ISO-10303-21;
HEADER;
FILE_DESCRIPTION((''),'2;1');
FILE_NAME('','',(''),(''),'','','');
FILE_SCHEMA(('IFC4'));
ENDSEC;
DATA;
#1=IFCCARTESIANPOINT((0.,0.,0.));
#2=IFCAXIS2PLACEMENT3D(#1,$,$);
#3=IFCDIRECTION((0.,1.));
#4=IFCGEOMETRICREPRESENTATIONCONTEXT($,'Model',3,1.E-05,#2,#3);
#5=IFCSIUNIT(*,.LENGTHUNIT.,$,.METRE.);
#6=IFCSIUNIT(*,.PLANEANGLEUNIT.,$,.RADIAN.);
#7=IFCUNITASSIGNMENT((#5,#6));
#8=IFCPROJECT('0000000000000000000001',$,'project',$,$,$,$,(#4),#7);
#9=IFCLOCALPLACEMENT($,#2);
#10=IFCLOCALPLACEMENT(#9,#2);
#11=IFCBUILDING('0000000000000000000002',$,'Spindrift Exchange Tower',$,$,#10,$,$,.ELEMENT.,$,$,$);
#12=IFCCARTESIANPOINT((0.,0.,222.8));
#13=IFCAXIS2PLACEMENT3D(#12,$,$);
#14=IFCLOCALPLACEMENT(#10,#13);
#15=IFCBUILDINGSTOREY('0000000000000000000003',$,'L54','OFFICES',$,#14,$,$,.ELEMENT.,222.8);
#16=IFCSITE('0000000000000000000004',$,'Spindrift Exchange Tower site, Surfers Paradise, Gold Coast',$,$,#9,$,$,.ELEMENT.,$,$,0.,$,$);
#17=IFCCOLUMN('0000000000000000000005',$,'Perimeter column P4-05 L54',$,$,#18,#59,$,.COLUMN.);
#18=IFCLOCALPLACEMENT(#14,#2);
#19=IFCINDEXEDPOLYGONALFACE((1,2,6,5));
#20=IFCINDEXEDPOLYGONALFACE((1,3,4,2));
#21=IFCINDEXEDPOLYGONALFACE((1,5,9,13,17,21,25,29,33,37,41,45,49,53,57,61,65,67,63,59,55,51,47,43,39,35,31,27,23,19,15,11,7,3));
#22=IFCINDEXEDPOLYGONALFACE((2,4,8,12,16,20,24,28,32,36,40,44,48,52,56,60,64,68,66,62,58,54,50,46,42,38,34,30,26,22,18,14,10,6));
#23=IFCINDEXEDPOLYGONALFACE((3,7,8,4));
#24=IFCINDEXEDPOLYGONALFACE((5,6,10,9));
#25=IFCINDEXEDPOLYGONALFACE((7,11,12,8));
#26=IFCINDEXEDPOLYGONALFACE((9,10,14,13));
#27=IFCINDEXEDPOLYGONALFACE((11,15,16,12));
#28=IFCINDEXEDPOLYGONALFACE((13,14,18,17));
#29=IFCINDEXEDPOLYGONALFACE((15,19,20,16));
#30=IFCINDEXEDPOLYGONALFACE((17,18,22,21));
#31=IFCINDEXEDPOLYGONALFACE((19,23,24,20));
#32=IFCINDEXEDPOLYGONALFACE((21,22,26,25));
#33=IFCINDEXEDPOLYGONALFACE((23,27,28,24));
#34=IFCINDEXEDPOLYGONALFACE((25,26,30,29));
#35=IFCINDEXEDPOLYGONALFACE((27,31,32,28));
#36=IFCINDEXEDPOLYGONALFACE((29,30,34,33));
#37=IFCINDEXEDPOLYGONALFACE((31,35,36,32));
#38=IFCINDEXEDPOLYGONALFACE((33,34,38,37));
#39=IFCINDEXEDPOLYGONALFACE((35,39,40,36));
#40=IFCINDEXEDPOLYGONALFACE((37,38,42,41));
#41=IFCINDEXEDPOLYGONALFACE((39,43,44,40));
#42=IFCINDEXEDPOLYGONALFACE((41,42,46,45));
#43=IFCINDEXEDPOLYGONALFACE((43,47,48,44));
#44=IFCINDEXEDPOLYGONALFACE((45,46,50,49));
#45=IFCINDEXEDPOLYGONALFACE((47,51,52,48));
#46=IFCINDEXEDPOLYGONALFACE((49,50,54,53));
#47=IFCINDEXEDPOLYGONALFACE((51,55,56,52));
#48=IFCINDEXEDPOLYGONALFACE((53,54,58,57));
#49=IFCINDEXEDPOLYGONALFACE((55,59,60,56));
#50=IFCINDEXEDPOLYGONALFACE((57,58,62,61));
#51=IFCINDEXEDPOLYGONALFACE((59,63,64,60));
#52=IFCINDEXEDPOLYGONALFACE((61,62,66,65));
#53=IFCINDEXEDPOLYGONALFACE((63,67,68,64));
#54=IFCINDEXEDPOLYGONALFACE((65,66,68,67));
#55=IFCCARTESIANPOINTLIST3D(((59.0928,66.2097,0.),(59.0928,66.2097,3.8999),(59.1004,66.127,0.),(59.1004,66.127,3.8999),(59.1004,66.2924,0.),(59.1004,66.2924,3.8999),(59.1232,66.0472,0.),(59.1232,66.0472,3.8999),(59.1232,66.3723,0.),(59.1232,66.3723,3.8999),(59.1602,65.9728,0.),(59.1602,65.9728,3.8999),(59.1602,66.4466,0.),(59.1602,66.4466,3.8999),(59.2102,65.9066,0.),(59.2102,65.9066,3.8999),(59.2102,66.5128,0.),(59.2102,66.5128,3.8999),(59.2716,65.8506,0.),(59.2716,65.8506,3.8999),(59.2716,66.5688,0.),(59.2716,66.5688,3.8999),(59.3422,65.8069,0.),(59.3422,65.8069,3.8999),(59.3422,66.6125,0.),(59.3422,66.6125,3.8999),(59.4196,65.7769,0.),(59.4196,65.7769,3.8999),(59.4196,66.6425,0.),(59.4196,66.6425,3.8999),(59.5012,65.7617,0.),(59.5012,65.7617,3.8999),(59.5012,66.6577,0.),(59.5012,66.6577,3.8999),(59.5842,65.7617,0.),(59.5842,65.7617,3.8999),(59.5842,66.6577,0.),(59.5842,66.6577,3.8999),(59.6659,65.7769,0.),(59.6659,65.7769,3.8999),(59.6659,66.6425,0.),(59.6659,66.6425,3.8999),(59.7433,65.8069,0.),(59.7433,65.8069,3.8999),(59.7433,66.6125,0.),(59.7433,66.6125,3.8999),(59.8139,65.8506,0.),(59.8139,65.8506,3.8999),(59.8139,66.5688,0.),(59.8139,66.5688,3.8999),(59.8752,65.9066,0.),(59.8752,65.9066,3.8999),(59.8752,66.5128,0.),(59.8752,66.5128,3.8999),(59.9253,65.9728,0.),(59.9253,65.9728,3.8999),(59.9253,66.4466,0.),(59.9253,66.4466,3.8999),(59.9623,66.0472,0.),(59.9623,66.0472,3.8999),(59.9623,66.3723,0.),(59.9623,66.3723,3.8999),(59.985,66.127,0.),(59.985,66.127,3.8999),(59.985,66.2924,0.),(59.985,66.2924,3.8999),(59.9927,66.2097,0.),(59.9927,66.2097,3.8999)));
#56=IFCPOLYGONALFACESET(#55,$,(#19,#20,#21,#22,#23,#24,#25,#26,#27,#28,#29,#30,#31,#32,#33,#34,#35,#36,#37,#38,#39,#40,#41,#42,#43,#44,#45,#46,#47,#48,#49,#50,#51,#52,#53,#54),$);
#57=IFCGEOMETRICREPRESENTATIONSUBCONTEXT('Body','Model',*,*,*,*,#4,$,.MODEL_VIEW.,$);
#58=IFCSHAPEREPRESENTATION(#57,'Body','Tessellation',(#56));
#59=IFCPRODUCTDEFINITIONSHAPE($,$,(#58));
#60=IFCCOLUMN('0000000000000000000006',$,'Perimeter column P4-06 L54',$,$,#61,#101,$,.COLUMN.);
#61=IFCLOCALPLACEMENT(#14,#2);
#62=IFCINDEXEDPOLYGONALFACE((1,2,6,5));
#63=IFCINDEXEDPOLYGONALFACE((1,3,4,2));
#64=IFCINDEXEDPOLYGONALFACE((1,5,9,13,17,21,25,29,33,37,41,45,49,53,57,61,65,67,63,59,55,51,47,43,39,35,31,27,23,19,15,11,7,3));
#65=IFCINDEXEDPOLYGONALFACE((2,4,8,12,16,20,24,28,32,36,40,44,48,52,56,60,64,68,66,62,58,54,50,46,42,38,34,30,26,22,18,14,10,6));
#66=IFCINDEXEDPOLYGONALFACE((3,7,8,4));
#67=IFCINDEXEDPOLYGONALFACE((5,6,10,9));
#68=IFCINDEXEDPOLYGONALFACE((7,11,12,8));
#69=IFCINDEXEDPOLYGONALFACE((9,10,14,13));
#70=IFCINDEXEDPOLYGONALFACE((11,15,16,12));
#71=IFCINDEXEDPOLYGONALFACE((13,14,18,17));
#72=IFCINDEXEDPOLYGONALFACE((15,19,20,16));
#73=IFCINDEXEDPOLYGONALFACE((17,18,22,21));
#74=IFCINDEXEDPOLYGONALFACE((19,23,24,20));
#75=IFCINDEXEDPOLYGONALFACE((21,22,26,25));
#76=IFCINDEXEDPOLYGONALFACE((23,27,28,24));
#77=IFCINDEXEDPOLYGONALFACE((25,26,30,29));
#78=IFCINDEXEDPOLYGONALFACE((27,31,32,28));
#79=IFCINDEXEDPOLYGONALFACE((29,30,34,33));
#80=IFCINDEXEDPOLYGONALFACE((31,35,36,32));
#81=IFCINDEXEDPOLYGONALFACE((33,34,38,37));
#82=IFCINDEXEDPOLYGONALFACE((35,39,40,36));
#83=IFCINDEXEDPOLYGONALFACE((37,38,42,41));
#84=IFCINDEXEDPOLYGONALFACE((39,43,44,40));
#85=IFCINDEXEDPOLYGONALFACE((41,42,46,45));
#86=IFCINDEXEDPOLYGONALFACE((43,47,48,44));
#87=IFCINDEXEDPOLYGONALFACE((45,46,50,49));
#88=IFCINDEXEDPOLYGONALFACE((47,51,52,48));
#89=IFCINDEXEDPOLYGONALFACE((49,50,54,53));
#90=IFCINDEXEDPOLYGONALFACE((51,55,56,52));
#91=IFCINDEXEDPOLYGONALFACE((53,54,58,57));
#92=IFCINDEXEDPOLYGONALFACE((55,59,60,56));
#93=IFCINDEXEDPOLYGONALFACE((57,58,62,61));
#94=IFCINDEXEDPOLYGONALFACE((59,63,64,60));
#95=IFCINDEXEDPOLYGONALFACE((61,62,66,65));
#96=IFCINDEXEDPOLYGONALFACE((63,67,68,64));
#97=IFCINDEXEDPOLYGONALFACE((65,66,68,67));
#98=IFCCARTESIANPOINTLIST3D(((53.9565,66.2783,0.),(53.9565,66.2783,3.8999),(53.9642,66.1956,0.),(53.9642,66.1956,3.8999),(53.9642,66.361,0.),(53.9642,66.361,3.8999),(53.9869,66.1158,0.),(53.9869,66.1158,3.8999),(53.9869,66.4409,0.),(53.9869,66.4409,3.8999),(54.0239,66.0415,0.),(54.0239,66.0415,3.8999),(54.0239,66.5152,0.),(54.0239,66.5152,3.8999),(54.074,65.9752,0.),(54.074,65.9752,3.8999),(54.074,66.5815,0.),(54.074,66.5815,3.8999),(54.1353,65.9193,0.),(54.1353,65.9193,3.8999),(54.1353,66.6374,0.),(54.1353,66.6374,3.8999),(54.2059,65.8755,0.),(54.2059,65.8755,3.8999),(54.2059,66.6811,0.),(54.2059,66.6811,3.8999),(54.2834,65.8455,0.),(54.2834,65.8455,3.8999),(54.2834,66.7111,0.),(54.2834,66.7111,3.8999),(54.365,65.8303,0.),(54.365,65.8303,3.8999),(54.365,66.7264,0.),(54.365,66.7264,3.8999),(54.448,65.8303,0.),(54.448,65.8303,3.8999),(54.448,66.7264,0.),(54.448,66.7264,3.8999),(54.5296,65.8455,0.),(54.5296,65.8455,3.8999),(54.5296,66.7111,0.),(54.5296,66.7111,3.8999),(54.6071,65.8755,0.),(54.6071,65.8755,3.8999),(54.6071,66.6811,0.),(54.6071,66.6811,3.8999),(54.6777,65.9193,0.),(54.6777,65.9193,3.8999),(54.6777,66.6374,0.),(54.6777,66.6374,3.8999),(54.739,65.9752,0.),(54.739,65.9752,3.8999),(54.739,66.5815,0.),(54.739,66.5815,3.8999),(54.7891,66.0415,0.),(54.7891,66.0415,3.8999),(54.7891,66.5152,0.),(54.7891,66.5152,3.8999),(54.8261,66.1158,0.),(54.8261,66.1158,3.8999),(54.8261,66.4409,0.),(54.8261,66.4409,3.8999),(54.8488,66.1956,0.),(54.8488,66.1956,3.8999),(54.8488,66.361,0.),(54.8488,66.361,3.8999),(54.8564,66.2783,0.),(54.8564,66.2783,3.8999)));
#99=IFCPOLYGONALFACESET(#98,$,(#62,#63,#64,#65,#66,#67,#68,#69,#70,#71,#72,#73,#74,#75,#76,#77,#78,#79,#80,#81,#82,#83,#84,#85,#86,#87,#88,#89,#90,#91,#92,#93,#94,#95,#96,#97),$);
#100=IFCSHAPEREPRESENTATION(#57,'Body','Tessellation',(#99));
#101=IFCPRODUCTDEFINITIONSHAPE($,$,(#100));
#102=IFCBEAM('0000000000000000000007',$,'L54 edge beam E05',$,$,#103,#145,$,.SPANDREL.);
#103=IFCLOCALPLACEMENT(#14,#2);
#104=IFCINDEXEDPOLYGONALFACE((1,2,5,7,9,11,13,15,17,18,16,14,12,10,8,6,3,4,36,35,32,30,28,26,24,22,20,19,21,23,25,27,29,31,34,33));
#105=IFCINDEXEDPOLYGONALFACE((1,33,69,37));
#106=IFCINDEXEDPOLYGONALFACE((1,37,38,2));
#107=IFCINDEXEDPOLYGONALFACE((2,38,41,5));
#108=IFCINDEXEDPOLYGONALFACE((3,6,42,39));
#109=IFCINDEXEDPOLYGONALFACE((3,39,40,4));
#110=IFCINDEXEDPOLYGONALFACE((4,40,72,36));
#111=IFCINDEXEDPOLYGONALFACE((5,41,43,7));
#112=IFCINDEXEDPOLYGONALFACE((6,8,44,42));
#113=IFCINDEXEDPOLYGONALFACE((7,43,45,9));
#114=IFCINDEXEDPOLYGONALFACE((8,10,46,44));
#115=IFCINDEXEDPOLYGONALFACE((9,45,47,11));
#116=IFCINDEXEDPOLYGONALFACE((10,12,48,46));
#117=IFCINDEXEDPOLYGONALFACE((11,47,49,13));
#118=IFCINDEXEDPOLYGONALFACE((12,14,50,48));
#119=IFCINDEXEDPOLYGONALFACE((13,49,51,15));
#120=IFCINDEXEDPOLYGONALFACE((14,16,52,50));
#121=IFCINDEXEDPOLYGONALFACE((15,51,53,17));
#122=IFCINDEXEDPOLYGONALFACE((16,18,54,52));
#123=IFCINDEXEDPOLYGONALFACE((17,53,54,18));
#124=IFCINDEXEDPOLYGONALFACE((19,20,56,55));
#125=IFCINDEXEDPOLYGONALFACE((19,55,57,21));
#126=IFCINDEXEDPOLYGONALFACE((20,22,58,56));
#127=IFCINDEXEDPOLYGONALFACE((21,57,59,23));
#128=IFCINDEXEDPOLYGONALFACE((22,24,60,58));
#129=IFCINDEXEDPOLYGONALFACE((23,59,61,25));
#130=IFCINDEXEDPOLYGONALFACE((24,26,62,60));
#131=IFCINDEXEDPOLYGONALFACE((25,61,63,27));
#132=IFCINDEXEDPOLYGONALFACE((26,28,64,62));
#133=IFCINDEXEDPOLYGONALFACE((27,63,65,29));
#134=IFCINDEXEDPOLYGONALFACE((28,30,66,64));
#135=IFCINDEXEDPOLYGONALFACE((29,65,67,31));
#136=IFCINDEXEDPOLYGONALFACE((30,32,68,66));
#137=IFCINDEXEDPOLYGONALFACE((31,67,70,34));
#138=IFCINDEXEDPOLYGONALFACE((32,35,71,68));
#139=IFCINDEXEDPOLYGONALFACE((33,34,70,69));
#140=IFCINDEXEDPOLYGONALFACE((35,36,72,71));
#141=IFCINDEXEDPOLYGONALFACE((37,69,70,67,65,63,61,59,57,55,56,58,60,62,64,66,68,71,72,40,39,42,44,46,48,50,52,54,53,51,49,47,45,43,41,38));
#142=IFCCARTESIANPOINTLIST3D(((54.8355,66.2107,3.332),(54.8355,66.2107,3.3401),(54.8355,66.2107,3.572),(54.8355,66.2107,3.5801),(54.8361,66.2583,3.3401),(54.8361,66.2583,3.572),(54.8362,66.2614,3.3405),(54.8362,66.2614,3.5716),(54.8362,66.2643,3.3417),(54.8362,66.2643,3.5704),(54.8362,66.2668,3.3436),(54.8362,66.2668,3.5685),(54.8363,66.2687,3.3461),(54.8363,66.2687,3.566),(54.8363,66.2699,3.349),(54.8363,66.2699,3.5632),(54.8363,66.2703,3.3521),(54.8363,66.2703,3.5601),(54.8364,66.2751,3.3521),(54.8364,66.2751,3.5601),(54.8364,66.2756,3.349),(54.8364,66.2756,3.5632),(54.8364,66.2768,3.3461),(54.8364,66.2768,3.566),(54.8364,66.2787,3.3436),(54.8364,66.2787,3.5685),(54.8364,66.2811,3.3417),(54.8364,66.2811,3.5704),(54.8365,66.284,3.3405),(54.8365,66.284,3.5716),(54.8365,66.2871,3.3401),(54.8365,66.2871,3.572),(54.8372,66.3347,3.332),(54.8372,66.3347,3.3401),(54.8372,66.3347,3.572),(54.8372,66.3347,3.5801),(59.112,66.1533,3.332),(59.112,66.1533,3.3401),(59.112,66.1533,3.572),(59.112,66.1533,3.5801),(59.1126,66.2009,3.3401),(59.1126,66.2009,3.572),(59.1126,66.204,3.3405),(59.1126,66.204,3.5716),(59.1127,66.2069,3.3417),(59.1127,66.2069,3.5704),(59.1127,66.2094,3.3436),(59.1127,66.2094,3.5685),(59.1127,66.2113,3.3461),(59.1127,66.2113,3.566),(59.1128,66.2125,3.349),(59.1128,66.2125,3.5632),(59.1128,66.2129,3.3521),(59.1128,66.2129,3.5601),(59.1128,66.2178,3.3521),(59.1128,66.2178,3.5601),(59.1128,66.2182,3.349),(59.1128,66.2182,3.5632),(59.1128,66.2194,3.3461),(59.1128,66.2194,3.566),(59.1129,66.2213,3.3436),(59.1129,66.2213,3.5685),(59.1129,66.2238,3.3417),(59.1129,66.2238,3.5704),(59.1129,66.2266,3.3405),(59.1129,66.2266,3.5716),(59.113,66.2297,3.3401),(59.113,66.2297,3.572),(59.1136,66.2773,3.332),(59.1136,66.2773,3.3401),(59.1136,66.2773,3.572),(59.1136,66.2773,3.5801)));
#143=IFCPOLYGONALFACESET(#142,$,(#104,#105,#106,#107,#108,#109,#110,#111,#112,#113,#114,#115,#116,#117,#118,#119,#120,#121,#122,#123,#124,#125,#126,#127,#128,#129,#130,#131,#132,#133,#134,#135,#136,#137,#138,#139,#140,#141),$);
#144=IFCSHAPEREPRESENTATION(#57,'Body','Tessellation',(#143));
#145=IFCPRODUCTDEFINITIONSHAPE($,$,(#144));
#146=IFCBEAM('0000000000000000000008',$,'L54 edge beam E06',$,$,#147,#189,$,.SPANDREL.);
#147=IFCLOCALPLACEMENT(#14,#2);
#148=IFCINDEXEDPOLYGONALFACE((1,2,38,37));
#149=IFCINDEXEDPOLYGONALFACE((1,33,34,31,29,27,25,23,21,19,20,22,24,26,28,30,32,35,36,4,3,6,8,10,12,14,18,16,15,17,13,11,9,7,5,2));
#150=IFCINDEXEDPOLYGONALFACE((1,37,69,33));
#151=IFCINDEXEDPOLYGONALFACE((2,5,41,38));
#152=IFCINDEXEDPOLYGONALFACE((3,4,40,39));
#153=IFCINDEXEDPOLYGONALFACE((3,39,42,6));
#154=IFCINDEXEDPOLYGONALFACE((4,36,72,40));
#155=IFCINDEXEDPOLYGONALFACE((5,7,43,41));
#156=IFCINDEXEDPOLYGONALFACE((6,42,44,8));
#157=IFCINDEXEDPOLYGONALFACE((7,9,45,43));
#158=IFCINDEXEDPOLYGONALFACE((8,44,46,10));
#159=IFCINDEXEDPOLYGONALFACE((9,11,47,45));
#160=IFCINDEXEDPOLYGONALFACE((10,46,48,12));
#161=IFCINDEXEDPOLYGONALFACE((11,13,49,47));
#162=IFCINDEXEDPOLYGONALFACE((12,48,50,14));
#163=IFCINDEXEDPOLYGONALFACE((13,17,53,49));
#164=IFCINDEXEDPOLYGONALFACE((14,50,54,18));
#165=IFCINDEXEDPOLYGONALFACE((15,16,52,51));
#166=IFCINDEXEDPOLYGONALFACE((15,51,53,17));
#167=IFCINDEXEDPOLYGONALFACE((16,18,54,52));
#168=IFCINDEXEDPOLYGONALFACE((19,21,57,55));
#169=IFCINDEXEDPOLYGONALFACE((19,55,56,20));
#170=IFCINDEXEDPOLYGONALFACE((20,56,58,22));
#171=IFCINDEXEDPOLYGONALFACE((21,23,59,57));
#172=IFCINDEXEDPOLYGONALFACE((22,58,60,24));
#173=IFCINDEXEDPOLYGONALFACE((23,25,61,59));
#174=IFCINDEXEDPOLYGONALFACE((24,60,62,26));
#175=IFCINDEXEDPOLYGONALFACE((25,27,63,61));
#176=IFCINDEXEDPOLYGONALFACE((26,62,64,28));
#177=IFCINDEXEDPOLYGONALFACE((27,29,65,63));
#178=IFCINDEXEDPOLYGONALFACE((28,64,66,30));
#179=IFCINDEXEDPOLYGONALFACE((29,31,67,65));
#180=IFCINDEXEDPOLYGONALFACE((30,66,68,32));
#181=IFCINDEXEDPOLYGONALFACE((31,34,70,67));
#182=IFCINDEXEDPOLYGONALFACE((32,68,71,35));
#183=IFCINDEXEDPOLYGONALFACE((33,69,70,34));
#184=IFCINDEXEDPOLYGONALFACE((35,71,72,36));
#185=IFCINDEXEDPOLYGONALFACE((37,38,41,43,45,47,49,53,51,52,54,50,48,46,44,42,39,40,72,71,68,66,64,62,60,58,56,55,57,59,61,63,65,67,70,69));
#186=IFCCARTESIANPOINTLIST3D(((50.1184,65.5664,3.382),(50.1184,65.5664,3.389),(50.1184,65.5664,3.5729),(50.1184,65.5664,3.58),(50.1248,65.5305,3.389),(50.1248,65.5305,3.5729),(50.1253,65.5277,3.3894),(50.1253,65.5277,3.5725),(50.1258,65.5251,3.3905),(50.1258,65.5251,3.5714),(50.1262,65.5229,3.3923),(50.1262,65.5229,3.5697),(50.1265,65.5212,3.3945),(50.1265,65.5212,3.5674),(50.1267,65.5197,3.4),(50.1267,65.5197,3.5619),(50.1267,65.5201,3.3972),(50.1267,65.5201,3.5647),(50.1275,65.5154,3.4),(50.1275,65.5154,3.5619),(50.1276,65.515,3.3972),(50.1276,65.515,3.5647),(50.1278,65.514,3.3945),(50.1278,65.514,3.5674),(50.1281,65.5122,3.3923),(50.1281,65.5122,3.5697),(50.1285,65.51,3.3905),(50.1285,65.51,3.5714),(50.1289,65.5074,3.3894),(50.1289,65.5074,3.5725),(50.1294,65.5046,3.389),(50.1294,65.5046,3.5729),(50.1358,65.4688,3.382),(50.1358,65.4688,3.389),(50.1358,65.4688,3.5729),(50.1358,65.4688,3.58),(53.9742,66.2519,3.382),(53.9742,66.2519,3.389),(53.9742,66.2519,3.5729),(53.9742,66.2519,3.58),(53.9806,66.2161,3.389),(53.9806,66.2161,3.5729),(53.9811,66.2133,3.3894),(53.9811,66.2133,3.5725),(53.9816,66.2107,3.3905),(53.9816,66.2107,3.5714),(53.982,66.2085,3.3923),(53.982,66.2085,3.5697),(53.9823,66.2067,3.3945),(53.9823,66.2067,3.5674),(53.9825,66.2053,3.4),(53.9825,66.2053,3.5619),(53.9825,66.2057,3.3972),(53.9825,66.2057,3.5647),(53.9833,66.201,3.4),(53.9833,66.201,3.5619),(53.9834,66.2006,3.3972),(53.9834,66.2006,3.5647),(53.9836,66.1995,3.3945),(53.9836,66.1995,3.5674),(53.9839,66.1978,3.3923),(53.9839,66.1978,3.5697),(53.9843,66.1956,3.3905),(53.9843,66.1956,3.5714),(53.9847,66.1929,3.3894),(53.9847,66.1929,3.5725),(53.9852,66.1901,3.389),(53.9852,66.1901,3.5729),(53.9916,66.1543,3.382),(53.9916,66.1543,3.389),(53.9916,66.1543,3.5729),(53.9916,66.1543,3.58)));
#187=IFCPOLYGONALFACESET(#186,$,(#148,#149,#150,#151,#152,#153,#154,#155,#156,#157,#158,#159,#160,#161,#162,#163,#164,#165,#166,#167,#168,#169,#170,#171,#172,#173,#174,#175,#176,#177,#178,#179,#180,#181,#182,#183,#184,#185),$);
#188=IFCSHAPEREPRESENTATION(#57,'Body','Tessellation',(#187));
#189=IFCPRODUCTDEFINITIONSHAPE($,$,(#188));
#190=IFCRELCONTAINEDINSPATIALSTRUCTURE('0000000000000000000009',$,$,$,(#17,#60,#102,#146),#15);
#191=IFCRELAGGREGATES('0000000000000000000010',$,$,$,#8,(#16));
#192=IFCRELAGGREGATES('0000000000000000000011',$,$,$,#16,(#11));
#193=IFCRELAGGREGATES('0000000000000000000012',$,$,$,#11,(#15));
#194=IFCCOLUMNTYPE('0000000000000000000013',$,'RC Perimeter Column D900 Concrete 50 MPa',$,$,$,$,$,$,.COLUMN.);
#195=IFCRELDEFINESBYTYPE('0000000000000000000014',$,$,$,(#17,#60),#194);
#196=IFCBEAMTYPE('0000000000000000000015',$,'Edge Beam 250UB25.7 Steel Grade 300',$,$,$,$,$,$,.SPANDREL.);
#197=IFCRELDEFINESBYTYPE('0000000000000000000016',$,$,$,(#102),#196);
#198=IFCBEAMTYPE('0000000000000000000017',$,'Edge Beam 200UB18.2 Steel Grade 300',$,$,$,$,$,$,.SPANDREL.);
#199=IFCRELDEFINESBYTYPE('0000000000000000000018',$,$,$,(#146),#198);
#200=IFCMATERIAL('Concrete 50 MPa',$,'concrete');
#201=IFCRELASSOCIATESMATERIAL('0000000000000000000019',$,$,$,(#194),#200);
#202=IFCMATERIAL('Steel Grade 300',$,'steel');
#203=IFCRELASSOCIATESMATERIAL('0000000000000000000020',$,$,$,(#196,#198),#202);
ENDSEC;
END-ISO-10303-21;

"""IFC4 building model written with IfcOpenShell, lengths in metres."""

from ifc_helpers import new_model, si_unit, direction, frame, origin, origin_2d, place, context, subcontext, project, spatial, circle, i_section, extrude, source, transform, mapped, material, material_profile, profile_set, type_object, element, save


model = new_model("IFC4")

# Units and contexts
model_context = context("Model", 3, precision=1e-05, world=origin(), true_north=direction((0.0, 1.0)))
body_context = subcontext(model_context, "Body", "Model", "MODEL_VIEW")
ifc_project = project(units=[si_unit("LENGTHUNIT", "METRE"), si_unit("PLANEANGLEUNIT", "RADIAN")], contexts=[model_context])

# Site, building, storey
site_placement = place(None, origin())
site = spatial("IfcSite", under=ifc_project, at=site_placement, Name="Spindrift Exchange Tower site, Surfers Paradise, Gold Coast", CompositionType="ELEMENT", RefElevation=0.0)
building_placement = place(site_placement, origin())
building = spatial("IfcBuilding", under=site, at=building_placement, Name="Spindrift Exchange Tower", CompositionType="ELEMENT")
storey_placement = place(building_placement, frame((0.0, 0.0, 222.8)))
storey = spatial("IfcBuildingStorey", under=building, at=storey_placement, Name="L54", Description="OFFICES", CompositionType="ELEMENT", Elevation=222.8)

# Columns
ifc_material_1 = material(Name="Concrete 50 MPa", Category="concrete")
ifc_material_profile_1 = material_profile(ifc_material_1, circle(Radius=0.45, at=origin_2d()), Name="RC D900")
ifc_profile_set_1 = profile_set([ifc_material_profile_1], Name="Concrete 50 MPa")
column_type = type_object("IfcColumnType", Name="RC Perimeter Column D900 Concrete 50 MPa", PredefinedType="COLUMN", material=ifc_profile_set_1)
shared_shape_1 = source(origin(), body_context, "Body", "SweptSolid", [
    extrude(circle(Radius=0.45, at=origin_2d()), origin(), (0.0, 0.0, 1.0), 3.8999),
])
for number, where, z_axis, x_axis, name in (
    (1, (59.5427, 66.2097, 0.0), (0.0, 0.0, 1.0), (1.0, 0.0, 0.0), "Perimeter column P4-05 L54"),
    (2, (54.4065, 66.2783, 0.0), (0.0, 0.0, 1.0), (1.0, 0.0, 0.0), "Perimeter column P4-06 L54"),
):
    element("IfcColumn", number, at=place(storey_placement, frame(where, z_axis=z_axis, x_axis=x_axis)), inside=storey, type_object=column_type, Name=name, PredefinedType="COLUMN", context=body_context, shape_type="MappedRepresentation", body=[
        mapped(shared_shape_1, transform((0.0, 0.0, 0.0), scale=1.0)),
    ])

# Beams
ifc_material_2 = material(Name="Steel Grade 300", Category="steel")
ifc_material_profile_2 = material_profile(ifc_material_2, i_section(OverallWidth=0.124, OverallDepth=0.248, WebThickness=0.0049, FlangeThickness=0.0081, FilletRadius=0.012, at=origin_2d()), Name="250UB25.7")
ifc_profile_set_2 = profile_set([ifc_material_profile_2], Name="Steel Grade 300")
beam_type_1 = type_object("IfcBeamType", Name="Edge Beam 250UB25.7 Steel Grade 300", PredefinedType="SPANDREL", material=ifc_profile_set_2)
shared_shape_2 = source(origin(), body_context, "Body", "SweptSolid", [
    extrude(i_section(OverallWidth=0.124, OverallDepth=0.248, WebThickness=0.0049, FlangeThickness=0.0081, FilletRadius=0.012, at=origin_2d()), origin(), (0.0, 0.0, 1.0), 4.2769),
])
beam_1_placement = place(storey_placement, frame((59.1128, 66.2153, 3.4561), z_axis=(-0.99991, 0.013415, 0.0), x_axis=(-0.013415, -0.99991, 0.0)))
element("IfcBeam", 3, at=beam_1_placement, inside=storey, type_object=beam_type_1, Name="L54 edge beam E05", PredefinedType="SPANDREL", context=body_context, shape_type="MappedRepresentation", body=[
    mapped(shared_shape_2, transform((0.0, 0.0, 0.0), scale=1.0)),
])
ifc_material_profile_3 = material_profile(ifc_material_2, i_section(OverallWidth=0.0991, OverallDepth=0.198, WebThickness=0.0044, FlangeThickness=0.0071, FilletRadius=0.011, at=origin_2d()), Name="200UB18.2")
ifc_profile_set_3 = profile_set([ifc_material_profile_3], Name="Steel Grade 300")
beam_type_2 = type_object("IfcBeamType", Name="Edge Beam 200UB18.2 Steel Grade 300", PredefinedType="SPANDREL", material=ifc_profile_set_3)
shared_shape_3 = source(origin(), body_context, "Body", "SweptSolid", [
    extrude(i_section(OverallWidth=0.0991, OverallDepth=0.198, WebThickness=0.0044, FlangeThickness=0.0071, FilletRadius=0.011, at=origin_2d()), origin(), (0.0, 0.0, 1.0), 3.9163),
])
beam_2_placement = place(storey_placement, frame((53.9829, 66.2031, 3.481), z_axis=(-0.984559, -0.175055, 0.0), x_axis=(0.175055, -0.984559, 0.0)))
element("IfcBeam", 4, at=beam_2_placement, inside=storey, type_object=beam_type_2, Name="L54 edge beam E06", PredefinedType="SPANDREL", context=body_context, shape_type="MappedRepresentation", body=[
    mapped(shared_shape_3, transform((0.0, 0.0, 0.0), scale=1.0)),
])

save(model, "model.ifc")
